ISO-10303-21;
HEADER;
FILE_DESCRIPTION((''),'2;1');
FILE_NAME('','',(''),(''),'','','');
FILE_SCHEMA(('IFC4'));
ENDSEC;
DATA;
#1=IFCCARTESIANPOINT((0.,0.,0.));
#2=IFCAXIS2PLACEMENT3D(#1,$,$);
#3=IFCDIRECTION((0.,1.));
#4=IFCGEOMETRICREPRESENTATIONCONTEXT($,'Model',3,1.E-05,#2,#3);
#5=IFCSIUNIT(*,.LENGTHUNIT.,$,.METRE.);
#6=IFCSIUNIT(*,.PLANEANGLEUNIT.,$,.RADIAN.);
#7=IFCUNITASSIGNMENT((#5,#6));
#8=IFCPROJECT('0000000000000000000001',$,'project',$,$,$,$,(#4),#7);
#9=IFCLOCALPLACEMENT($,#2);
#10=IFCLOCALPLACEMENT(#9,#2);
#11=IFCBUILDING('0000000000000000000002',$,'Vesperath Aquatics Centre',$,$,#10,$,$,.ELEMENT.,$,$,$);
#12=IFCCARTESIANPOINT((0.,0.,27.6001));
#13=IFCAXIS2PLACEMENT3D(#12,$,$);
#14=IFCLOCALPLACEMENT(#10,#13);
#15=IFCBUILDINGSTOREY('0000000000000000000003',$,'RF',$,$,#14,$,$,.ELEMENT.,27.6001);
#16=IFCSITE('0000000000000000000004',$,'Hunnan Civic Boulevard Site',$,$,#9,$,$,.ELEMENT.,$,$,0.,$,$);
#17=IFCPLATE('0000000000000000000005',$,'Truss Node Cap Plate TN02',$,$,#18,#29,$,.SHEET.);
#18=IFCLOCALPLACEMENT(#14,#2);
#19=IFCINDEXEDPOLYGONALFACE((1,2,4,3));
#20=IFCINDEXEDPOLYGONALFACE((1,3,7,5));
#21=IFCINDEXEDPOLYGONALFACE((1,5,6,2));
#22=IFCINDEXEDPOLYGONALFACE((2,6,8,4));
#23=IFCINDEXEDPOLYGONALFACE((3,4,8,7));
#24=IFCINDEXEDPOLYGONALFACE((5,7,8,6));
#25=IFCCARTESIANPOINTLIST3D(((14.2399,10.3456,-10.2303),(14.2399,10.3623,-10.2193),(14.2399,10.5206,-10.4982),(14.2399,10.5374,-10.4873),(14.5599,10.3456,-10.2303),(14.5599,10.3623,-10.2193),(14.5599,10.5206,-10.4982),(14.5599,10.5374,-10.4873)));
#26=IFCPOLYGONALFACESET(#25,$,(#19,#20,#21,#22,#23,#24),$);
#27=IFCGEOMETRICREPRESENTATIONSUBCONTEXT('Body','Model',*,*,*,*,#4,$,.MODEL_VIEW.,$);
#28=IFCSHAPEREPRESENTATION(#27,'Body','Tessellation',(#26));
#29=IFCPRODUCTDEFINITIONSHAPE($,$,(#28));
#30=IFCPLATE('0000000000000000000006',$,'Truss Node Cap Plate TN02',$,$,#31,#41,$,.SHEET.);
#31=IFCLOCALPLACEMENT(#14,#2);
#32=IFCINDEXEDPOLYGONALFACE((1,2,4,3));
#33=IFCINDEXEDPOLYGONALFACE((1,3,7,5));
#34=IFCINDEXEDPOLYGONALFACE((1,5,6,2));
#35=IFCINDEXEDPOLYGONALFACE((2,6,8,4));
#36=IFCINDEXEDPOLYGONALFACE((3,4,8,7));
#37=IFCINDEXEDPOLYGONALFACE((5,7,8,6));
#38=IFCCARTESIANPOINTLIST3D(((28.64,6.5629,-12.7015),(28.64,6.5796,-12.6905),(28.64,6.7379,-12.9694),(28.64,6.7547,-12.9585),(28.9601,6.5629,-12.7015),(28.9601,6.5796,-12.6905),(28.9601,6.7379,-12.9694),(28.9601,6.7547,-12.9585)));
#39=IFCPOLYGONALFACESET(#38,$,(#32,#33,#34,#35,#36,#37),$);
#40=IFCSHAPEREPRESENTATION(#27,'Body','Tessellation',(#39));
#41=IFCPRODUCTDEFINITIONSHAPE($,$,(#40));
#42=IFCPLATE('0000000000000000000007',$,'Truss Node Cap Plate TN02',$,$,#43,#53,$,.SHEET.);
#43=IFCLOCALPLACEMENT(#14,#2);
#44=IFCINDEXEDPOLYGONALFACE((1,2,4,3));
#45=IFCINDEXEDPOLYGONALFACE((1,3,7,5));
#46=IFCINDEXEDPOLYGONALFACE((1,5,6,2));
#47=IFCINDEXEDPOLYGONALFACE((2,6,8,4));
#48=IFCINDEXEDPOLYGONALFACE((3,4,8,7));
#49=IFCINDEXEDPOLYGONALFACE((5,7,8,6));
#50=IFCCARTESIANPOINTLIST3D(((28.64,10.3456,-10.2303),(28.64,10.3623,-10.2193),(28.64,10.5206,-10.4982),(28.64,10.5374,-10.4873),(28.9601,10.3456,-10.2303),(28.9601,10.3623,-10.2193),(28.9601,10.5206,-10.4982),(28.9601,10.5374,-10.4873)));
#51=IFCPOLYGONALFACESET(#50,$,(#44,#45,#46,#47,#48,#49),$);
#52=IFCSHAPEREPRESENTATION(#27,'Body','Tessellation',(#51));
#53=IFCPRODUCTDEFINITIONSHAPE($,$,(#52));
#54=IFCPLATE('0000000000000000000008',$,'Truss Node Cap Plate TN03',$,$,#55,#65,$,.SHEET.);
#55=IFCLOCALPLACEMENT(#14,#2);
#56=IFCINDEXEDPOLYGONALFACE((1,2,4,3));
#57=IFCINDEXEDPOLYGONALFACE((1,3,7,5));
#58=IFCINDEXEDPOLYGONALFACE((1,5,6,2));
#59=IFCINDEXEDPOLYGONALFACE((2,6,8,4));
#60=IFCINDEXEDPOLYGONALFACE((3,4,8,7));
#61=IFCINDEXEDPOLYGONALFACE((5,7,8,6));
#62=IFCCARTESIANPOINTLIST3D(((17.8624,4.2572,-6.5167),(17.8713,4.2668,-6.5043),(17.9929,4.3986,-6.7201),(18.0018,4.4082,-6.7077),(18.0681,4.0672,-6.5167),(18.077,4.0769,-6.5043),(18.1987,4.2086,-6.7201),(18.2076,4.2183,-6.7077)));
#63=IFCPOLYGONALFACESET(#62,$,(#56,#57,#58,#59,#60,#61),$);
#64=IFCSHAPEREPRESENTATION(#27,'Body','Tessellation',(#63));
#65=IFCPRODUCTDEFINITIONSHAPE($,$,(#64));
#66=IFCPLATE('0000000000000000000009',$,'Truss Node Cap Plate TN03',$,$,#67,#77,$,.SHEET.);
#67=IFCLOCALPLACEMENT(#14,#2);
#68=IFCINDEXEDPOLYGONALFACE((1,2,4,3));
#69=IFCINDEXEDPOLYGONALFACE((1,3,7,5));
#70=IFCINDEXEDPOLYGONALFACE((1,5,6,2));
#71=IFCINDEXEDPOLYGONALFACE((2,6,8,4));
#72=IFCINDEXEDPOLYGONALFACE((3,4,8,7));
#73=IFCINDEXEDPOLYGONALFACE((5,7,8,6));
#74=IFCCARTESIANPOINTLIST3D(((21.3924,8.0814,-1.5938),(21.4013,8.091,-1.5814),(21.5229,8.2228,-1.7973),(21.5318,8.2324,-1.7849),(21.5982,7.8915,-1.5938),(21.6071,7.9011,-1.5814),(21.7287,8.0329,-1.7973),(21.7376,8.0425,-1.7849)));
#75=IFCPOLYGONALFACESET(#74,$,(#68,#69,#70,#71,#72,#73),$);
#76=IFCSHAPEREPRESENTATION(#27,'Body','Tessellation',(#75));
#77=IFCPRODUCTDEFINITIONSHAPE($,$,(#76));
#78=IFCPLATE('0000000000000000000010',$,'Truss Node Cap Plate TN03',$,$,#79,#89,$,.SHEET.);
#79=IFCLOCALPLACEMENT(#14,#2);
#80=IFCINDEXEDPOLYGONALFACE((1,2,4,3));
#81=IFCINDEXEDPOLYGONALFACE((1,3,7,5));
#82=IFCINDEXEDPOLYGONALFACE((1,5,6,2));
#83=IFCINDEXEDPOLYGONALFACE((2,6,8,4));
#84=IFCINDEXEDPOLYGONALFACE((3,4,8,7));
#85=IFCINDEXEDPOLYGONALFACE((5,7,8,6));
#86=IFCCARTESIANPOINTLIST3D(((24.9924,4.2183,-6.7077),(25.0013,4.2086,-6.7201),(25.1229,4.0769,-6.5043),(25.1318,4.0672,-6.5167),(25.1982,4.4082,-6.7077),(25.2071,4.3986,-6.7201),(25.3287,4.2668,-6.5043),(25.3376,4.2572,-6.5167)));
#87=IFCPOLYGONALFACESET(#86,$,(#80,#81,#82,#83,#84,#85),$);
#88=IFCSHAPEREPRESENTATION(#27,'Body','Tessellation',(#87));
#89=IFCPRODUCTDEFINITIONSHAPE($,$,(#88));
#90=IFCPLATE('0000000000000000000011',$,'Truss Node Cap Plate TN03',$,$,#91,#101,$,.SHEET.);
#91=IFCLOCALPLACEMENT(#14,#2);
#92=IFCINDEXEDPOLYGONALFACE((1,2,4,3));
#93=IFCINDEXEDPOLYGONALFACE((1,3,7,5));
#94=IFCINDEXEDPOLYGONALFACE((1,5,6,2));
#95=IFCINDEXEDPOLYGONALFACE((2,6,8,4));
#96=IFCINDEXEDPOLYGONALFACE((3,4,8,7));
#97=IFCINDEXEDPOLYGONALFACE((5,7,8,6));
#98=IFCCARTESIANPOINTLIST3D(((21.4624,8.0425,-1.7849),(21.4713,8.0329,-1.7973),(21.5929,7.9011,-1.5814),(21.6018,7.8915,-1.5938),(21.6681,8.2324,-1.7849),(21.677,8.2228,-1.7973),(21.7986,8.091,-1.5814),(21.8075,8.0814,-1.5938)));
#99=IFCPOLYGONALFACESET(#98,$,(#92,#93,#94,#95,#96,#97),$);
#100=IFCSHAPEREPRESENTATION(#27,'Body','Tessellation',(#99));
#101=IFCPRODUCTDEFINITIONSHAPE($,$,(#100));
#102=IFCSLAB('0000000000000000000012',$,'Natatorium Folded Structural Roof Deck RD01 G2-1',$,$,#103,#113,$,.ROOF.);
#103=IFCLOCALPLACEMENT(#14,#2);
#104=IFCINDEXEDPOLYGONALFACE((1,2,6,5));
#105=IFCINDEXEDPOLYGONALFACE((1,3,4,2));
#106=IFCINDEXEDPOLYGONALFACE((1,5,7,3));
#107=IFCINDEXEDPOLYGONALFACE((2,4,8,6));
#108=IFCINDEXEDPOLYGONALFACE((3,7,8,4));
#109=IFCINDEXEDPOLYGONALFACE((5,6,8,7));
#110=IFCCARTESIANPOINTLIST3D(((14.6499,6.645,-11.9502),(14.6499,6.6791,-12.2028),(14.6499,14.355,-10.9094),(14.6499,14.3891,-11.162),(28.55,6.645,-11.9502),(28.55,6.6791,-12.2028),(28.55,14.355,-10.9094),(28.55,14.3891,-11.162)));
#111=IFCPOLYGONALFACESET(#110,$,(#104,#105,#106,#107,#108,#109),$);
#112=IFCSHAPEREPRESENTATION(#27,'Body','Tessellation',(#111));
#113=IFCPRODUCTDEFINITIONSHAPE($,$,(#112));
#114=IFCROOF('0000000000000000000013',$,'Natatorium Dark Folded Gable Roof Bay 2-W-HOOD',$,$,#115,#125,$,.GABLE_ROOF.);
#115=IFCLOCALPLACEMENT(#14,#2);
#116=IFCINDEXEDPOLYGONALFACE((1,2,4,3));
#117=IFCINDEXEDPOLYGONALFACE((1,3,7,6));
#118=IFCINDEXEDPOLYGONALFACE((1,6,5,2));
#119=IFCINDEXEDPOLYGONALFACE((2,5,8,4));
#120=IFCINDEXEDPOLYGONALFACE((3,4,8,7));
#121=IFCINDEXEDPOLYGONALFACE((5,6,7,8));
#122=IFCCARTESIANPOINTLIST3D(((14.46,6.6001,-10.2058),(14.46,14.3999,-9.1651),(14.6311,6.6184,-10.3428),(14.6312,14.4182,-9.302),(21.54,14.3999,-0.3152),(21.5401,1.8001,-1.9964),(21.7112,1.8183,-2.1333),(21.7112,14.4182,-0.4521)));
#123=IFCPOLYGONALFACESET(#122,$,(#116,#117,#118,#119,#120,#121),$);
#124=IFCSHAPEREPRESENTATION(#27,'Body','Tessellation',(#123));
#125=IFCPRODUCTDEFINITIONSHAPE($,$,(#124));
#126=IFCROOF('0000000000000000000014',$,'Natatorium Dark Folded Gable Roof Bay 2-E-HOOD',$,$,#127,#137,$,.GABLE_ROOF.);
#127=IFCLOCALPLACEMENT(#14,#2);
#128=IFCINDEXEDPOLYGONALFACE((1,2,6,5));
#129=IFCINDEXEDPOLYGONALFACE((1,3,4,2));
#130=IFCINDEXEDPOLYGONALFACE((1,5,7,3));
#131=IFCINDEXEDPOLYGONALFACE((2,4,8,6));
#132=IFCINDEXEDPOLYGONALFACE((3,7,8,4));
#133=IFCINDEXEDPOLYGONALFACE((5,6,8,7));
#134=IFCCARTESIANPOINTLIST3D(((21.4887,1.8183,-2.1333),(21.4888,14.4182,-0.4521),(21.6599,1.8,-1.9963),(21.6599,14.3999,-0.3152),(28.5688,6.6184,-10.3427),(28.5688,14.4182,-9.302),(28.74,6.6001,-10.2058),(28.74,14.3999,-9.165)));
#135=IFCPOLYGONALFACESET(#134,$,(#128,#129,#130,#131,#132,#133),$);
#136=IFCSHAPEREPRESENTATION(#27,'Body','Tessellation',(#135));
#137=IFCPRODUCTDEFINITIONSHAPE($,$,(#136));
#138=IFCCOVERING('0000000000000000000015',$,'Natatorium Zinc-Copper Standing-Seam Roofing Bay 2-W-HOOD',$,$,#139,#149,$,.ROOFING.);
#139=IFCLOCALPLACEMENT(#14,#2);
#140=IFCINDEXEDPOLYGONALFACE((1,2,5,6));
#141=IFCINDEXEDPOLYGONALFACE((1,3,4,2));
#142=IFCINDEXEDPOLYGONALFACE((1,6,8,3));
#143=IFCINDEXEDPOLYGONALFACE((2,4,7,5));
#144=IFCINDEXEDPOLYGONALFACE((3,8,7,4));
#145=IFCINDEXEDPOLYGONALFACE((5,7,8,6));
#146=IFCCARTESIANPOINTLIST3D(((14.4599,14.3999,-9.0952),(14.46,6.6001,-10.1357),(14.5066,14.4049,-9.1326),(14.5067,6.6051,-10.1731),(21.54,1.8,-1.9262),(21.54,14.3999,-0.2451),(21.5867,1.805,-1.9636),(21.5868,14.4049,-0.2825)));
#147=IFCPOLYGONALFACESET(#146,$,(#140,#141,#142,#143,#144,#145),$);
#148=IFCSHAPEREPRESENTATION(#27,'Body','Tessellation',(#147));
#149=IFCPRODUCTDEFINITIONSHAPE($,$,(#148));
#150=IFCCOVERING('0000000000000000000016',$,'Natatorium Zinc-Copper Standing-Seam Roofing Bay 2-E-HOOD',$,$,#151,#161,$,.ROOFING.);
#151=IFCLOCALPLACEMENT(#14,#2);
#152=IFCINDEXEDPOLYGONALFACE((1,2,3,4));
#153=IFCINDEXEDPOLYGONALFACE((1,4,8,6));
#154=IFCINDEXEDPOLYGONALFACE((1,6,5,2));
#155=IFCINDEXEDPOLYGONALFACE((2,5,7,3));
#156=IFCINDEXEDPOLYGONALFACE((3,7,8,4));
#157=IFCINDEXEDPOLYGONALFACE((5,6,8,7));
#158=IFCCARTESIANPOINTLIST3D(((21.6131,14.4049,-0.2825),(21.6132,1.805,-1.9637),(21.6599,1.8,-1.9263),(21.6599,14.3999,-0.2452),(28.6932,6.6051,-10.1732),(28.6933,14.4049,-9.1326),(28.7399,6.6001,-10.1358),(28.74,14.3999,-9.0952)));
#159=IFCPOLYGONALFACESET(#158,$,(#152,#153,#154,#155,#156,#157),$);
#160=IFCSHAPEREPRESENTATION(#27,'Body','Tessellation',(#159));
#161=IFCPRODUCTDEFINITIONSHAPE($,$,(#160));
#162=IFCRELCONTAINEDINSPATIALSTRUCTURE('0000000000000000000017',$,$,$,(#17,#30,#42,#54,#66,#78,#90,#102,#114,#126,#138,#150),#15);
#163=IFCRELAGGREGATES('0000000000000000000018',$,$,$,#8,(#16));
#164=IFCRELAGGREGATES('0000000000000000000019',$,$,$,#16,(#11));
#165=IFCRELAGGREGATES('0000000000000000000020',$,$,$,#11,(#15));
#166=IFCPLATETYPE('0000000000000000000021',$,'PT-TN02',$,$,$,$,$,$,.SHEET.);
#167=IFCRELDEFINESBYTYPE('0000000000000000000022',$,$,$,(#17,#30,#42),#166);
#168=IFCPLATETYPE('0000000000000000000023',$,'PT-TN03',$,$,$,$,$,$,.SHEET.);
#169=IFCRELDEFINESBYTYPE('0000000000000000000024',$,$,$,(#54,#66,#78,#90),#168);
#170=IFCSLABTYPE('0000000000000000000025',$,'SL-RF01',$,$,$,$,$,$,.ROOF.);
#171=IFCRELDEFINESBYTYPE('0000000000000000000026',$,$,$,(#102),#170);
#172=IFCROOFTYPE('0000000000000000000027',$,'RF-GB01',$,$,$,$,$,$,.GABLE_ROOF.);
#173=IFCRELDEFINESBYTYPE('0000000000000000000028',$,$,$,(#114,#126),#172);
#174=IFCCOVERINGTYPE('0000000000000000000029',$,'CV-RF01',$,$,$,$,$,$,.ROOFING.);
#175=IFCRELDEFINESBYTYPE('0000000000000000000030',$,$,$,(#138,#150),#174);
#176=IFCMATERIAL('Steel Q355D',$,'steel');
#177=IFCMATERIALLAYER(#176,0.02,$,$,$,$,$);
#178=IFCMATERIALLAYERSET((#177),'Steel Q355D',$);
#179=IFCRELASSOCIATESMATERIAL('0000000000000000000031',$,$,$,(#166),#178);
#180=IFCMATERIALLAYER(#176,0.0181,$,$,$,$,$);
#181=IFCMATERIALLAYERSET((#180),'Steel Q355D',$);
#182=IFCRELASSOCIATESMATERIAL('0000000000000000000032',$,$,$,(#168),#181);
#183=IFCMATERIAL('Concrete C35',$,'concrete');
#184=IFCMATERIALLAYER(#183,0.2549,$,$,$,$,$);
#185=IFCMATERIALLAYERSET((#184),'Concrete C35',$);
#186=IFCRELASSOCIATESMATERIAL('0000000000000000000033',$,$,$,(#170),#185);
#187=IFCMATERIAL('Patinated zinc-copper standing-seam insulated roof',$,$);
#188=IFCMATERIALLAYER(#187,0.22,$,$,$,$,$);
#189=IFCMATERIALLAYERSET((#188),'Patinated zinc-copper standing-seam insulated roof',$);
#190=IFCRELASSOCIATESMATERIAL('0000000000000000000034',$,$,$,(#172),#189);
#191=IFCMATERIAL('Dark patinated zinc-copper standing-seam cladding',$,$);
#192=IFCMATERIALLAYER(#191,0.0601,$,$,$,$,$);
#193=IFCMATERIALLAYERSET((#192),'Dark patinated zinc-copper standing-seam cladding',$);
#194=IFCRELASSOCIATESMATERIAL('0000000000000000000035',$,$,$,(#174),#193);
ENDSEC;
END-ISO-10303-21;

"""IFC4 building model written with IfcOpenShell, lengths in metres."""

from ifc_helpers import new_model, si_unit, direction, frame, origin, origin_2d, place, context, subcontext, project, spatial, polyline, rectangle, outline, extrude, material, layer, layer_set, type_object, element, save


model = new_model("IFC4")

# Units and contexts
model_context = context("Model", 3, precision=1e-05, world=origin(), true_north=direction((0.0, 1.0)))
body_context = subcontext(model_context, "Body", "Model", "MODEL_VIEW")
ifc_project = project(units=[si_unit("LENGTHUNIT", "METRE"), si_unit("PLANEANGLEUNIT", "RADIAN")], contexts=[model_context])

# Site, building, storey
site_placement = place(None, origin())
site = spatial("IfcSite", under=ifc_project, at=site_placement, Name="Hunnan Civic Boulevard Site", CompositionType="ELEMENT", RefElevation=0.0)
building_placement = place(site_placement, origin())
building = spatial("IfcBuilding", under=site, at=building_placement, Name="Vesperath Aquatics Centre", CompositionType="ELEMENT")
storey_placement = place(building_placement, frame((0.0, 0.0, 27.6001)))
storey = spatial("IfcBuildingStorey", under=building, at=storey_placement, Name="RF", CompositionType="ELEMENT", Elevation=27.6001)

# Shared definitions
ifc_material_1 = material(Name="Steel Q355D", Category="steel")

# Plates
ifc_layer_1 = layer(ifc_material_1, 0.02)
ifc_layer_set_1 = layer_set([ifc_layer_1], Name="Steel Q355D")
plate_type_1 = type_object("IfcPlateType", Name="PT-TN02", PredefinedType="SHEET", material=ifc_layer_set_1)
for number, where, z_axis, x_axis, name in (
    (1, (14.3999, 10.4331, -10.3643), (0.0, 0.837176, 0.546934), (-1.0, 0.0, 0.0), "Truss Node Cap Plate TN02"),
    (2, (28.8, 6.6504, -12.8354), (0.0, 0.837176, 0.546934), (-1.0, 0.0, 0.0), "Truss Node Cap Plate TN02"),
    (3, (28.8, 10.4331, -10.3643), (0.0, 0.837176, 0.546934), (-1.0, 0.0, 0.0), "Truss Node Cap Plate TN02"),
):
    element("IfcPlate", number, at=place(storey_placement, frame(where, z_axis=z_axis, x_axis=x_axis)), inside=storey, type_object=plate_type_1, Name=name, PredefinedType="SHEET", context=body_context, shape_type="SweptSolid", body=[
        extrude(rectangle(XDim=0.3201, YDim=0.3201, at=origin_2d()), origin(), (0.0, 0.0, 1.0), 0.02),
    ])
ifc_layer_2 = layer(ifc_material_1, 0.0181)
ifc_layer_set_2 = layer_set([ifc_layer_2], Name="Steel Q355D")
plate_type_2 = type_object("IfcPlateType", Name="PT-TN03", PredefinedType="SHEET", material=ifc_layer_set_2)
for number, where, z_axis, x_axis, name in (
    (4, (18.0305, 4.2329, -6.6184), (0.492765, 0.533829, 0.687175), (-0.734803, 0.67828, 0.0), "Truss Node Cap Plate TN03"),
    (5, (21.5605, 8.0571, -1.6956), (0.492765, 0.533829, 0.687175), (-0.734803, 0.67828, 0.0), "Truss Node Cap Plate TN03"),
    (6, (25.1694, 4.2329, -6.6184), (-0.492765, 0.533829, 0.687175), (-0.734803, -0.67828, 0.0), "Truss Node Cap Plate TN03"),
    (7, (21.6394, 8.0571, -1.6956), (-0.492765, 0.533829, 0.687175), (-0.734803, -0.67828, 0.0), "Truss Node Cap Plate TN03"),
):
    element("IfcPlate", number, at=place(storey_placement, frame(where, z_axis=z_axis, x_axis=x_axis)), inside=storey, type_object=plate_type_2, Name=name, PredefinedType="SHEET", context=body_context, shape_type="SweptSolid", body=[
        extrude(rectangle(XDim=0.28, YDim=0.28, at=origin_2d()), origin(), (0.0, 0.0, 1.0), 0.0181),
    ])

# Slab
ifc_material_2 = material(Name="Concrete C35", Category="concrete")
ifc_layer_3 = layer(ifc_material_2, 0.2549)
ifc_layer_set_3 = layer_set([ifc_layer_3], Name="Concrete C35")
slab_type = type_object("IfcSlabType", Name="SL-RF01", PredefinedType="ROOF", material=ifc_layer_set_3)
slab_placement = place(storey_placement, frame((14.6499, 6.645, -11.9502), z_axis=(0.0, -0.133777, 0.991011), x_axis=(1.0, 0.0, 0.0)))
element("IfcSlab", 8, at=slab_placement, inside=storey, type_object=slab_type, Name="Natatorium Folded Structural Roof Deck RD01 G2-1", PredefinedType="ROOF", context=body_context, shape_type="SweptSolid", body=[
    extrude(outline(polyline([(0.0, 0.0), (13.9001, 0.0), (13.9001, 7.7799), (0.0, 7.7799), (0.0, 0.0)])), origin(), (0.0, 0.0, -1.0), 0.2549),
])

# Roofs
ifc_material_3 = material(Name="Patinated zinc-copper standing-seam insulated roof")
ifc_layer_4 = layer(ifc_material_3, 0.22)
ifc_layer_set_4 = layer_set([ifc_layer_4], Name="Patinated zinc-copper standing-seam insulated roof")
roof_type = type_object("IfcRoofType", Name="RF-GB01", PredefinedType="GABLE_ROOF", material=ifc_layer_set_4)
roof_1_placement = place(storey_placement, frame((14.46, 6.6001, -10.2058), z_axis=(-0.778163, -0.083066, 0.622545), x_axis=(0.597177, -0.404864, 0.692434)))
element("IfcRoof", 9, at=roof_1_placement, inside=storey, type_object=roof_type, Name="Natatorium Dark Folded Gable Roof Bay 2-W-HOOD", PredefinedType="GABLE_ROOF", context=body_context, shape_type="SweptSolid", body=[
    extrude(outline(polyline([(0.0, 0.0), (11.8559, 0.0), (7.9188, 12.0864), (-2.4372, 7.482), (0.0, 0.0)])), origin(), (0.0, 0.0, -1.0), 0.22),
])
roof_2_placement = place(storey_placement, frame((21.6599, 1.8, -1.9963), z_axis=(0.778163, -0.083066, 0.622545), x_axis=(0.597177, 0.404864, -0.692434)))
element("IfcRoof", 10, at=roof_2_placement, inside=storey, type_object=roof_type, Name="Natatorium Dark Folded Gable Roof Bay 2-E-HOOD", PredefinedType="GABLE_ROOF", context=body_context, shape_type="SweptSolid", body=[
    extrude(outline(polyline([(0.0, 0.0), (11.8559, 0.0), (14.2931, 7.482), (3.9371, 12.0864), (0.0, 0.0)])), origin(), (0.0, 0.0, -1.0), 0.22),
])

# Coverings
ifc_material_4 = material(Name="Dark patinated zinc-copper standing-seam cladding")
ifc_layer_5 = layer(ifc_material_4, 0.0601)
ifc_layer_set_5 = layer_set([ifc_layer_5], Name="Dark patinated zinc-copper standing-seam cladding")
covering_type = type_object("IfcCoveringType", Name="CV-RF01", PredefinedType="ROOFING", material=ifc_layer_set_5)
covering_1_placement = place(storey_placement, frame((14.46, 6.6001, -10.1357), z_axis=(-0.778167, -0.083058, 0.622541), x_axis=(0.597171, -0.404865, 0.692439)))
element("IfcCovering", 11, at=covering_1_placement, inside=storey, type_object=covering_type, Name="Natatorium Zinc-Copper Standing-Seam Roofing Bay 2-W-HOOD", PredefinedType="ROOFING", context=body_context, shape_type="SweptSolid", body=[
    extrude(outline(polyline([(0.0, 0.0), (11.8559, 0.0), (7.9188, 12.0864), (-2.4374, 7.4819), (0.0, 0.0)])), origin(), (0.0, 0.0, -1.0), 0.0601),
])
covering_2_placement = place(storey_placement, frame((21.6599, 1.8, -1.9263), z_axis=(0.778167, -0.083058, 0.622541), x_axis=(0.597171, 0.404865, -0.692439)))
element("IfcCovering", 12, at=covering_2_placement, inside=storey, type_object=covering_type, Name="Natatorium Zinc-Copper Standing-Seam Roofing Bay 2-E-HOOD", PredefinedType="ROOFING", context=body_context, shape_type="SweptSolid", body=[
    extrude(outline(polyline([(0.0, 0.0), (11.8559, 0.0), (14.2933, 7.4819), (3.9371, 12.0864), (0.0, 0.0)])), origin(), (0.0, 0.0, -1.0), 0.0601),
])

save(model, "model.ifc")
